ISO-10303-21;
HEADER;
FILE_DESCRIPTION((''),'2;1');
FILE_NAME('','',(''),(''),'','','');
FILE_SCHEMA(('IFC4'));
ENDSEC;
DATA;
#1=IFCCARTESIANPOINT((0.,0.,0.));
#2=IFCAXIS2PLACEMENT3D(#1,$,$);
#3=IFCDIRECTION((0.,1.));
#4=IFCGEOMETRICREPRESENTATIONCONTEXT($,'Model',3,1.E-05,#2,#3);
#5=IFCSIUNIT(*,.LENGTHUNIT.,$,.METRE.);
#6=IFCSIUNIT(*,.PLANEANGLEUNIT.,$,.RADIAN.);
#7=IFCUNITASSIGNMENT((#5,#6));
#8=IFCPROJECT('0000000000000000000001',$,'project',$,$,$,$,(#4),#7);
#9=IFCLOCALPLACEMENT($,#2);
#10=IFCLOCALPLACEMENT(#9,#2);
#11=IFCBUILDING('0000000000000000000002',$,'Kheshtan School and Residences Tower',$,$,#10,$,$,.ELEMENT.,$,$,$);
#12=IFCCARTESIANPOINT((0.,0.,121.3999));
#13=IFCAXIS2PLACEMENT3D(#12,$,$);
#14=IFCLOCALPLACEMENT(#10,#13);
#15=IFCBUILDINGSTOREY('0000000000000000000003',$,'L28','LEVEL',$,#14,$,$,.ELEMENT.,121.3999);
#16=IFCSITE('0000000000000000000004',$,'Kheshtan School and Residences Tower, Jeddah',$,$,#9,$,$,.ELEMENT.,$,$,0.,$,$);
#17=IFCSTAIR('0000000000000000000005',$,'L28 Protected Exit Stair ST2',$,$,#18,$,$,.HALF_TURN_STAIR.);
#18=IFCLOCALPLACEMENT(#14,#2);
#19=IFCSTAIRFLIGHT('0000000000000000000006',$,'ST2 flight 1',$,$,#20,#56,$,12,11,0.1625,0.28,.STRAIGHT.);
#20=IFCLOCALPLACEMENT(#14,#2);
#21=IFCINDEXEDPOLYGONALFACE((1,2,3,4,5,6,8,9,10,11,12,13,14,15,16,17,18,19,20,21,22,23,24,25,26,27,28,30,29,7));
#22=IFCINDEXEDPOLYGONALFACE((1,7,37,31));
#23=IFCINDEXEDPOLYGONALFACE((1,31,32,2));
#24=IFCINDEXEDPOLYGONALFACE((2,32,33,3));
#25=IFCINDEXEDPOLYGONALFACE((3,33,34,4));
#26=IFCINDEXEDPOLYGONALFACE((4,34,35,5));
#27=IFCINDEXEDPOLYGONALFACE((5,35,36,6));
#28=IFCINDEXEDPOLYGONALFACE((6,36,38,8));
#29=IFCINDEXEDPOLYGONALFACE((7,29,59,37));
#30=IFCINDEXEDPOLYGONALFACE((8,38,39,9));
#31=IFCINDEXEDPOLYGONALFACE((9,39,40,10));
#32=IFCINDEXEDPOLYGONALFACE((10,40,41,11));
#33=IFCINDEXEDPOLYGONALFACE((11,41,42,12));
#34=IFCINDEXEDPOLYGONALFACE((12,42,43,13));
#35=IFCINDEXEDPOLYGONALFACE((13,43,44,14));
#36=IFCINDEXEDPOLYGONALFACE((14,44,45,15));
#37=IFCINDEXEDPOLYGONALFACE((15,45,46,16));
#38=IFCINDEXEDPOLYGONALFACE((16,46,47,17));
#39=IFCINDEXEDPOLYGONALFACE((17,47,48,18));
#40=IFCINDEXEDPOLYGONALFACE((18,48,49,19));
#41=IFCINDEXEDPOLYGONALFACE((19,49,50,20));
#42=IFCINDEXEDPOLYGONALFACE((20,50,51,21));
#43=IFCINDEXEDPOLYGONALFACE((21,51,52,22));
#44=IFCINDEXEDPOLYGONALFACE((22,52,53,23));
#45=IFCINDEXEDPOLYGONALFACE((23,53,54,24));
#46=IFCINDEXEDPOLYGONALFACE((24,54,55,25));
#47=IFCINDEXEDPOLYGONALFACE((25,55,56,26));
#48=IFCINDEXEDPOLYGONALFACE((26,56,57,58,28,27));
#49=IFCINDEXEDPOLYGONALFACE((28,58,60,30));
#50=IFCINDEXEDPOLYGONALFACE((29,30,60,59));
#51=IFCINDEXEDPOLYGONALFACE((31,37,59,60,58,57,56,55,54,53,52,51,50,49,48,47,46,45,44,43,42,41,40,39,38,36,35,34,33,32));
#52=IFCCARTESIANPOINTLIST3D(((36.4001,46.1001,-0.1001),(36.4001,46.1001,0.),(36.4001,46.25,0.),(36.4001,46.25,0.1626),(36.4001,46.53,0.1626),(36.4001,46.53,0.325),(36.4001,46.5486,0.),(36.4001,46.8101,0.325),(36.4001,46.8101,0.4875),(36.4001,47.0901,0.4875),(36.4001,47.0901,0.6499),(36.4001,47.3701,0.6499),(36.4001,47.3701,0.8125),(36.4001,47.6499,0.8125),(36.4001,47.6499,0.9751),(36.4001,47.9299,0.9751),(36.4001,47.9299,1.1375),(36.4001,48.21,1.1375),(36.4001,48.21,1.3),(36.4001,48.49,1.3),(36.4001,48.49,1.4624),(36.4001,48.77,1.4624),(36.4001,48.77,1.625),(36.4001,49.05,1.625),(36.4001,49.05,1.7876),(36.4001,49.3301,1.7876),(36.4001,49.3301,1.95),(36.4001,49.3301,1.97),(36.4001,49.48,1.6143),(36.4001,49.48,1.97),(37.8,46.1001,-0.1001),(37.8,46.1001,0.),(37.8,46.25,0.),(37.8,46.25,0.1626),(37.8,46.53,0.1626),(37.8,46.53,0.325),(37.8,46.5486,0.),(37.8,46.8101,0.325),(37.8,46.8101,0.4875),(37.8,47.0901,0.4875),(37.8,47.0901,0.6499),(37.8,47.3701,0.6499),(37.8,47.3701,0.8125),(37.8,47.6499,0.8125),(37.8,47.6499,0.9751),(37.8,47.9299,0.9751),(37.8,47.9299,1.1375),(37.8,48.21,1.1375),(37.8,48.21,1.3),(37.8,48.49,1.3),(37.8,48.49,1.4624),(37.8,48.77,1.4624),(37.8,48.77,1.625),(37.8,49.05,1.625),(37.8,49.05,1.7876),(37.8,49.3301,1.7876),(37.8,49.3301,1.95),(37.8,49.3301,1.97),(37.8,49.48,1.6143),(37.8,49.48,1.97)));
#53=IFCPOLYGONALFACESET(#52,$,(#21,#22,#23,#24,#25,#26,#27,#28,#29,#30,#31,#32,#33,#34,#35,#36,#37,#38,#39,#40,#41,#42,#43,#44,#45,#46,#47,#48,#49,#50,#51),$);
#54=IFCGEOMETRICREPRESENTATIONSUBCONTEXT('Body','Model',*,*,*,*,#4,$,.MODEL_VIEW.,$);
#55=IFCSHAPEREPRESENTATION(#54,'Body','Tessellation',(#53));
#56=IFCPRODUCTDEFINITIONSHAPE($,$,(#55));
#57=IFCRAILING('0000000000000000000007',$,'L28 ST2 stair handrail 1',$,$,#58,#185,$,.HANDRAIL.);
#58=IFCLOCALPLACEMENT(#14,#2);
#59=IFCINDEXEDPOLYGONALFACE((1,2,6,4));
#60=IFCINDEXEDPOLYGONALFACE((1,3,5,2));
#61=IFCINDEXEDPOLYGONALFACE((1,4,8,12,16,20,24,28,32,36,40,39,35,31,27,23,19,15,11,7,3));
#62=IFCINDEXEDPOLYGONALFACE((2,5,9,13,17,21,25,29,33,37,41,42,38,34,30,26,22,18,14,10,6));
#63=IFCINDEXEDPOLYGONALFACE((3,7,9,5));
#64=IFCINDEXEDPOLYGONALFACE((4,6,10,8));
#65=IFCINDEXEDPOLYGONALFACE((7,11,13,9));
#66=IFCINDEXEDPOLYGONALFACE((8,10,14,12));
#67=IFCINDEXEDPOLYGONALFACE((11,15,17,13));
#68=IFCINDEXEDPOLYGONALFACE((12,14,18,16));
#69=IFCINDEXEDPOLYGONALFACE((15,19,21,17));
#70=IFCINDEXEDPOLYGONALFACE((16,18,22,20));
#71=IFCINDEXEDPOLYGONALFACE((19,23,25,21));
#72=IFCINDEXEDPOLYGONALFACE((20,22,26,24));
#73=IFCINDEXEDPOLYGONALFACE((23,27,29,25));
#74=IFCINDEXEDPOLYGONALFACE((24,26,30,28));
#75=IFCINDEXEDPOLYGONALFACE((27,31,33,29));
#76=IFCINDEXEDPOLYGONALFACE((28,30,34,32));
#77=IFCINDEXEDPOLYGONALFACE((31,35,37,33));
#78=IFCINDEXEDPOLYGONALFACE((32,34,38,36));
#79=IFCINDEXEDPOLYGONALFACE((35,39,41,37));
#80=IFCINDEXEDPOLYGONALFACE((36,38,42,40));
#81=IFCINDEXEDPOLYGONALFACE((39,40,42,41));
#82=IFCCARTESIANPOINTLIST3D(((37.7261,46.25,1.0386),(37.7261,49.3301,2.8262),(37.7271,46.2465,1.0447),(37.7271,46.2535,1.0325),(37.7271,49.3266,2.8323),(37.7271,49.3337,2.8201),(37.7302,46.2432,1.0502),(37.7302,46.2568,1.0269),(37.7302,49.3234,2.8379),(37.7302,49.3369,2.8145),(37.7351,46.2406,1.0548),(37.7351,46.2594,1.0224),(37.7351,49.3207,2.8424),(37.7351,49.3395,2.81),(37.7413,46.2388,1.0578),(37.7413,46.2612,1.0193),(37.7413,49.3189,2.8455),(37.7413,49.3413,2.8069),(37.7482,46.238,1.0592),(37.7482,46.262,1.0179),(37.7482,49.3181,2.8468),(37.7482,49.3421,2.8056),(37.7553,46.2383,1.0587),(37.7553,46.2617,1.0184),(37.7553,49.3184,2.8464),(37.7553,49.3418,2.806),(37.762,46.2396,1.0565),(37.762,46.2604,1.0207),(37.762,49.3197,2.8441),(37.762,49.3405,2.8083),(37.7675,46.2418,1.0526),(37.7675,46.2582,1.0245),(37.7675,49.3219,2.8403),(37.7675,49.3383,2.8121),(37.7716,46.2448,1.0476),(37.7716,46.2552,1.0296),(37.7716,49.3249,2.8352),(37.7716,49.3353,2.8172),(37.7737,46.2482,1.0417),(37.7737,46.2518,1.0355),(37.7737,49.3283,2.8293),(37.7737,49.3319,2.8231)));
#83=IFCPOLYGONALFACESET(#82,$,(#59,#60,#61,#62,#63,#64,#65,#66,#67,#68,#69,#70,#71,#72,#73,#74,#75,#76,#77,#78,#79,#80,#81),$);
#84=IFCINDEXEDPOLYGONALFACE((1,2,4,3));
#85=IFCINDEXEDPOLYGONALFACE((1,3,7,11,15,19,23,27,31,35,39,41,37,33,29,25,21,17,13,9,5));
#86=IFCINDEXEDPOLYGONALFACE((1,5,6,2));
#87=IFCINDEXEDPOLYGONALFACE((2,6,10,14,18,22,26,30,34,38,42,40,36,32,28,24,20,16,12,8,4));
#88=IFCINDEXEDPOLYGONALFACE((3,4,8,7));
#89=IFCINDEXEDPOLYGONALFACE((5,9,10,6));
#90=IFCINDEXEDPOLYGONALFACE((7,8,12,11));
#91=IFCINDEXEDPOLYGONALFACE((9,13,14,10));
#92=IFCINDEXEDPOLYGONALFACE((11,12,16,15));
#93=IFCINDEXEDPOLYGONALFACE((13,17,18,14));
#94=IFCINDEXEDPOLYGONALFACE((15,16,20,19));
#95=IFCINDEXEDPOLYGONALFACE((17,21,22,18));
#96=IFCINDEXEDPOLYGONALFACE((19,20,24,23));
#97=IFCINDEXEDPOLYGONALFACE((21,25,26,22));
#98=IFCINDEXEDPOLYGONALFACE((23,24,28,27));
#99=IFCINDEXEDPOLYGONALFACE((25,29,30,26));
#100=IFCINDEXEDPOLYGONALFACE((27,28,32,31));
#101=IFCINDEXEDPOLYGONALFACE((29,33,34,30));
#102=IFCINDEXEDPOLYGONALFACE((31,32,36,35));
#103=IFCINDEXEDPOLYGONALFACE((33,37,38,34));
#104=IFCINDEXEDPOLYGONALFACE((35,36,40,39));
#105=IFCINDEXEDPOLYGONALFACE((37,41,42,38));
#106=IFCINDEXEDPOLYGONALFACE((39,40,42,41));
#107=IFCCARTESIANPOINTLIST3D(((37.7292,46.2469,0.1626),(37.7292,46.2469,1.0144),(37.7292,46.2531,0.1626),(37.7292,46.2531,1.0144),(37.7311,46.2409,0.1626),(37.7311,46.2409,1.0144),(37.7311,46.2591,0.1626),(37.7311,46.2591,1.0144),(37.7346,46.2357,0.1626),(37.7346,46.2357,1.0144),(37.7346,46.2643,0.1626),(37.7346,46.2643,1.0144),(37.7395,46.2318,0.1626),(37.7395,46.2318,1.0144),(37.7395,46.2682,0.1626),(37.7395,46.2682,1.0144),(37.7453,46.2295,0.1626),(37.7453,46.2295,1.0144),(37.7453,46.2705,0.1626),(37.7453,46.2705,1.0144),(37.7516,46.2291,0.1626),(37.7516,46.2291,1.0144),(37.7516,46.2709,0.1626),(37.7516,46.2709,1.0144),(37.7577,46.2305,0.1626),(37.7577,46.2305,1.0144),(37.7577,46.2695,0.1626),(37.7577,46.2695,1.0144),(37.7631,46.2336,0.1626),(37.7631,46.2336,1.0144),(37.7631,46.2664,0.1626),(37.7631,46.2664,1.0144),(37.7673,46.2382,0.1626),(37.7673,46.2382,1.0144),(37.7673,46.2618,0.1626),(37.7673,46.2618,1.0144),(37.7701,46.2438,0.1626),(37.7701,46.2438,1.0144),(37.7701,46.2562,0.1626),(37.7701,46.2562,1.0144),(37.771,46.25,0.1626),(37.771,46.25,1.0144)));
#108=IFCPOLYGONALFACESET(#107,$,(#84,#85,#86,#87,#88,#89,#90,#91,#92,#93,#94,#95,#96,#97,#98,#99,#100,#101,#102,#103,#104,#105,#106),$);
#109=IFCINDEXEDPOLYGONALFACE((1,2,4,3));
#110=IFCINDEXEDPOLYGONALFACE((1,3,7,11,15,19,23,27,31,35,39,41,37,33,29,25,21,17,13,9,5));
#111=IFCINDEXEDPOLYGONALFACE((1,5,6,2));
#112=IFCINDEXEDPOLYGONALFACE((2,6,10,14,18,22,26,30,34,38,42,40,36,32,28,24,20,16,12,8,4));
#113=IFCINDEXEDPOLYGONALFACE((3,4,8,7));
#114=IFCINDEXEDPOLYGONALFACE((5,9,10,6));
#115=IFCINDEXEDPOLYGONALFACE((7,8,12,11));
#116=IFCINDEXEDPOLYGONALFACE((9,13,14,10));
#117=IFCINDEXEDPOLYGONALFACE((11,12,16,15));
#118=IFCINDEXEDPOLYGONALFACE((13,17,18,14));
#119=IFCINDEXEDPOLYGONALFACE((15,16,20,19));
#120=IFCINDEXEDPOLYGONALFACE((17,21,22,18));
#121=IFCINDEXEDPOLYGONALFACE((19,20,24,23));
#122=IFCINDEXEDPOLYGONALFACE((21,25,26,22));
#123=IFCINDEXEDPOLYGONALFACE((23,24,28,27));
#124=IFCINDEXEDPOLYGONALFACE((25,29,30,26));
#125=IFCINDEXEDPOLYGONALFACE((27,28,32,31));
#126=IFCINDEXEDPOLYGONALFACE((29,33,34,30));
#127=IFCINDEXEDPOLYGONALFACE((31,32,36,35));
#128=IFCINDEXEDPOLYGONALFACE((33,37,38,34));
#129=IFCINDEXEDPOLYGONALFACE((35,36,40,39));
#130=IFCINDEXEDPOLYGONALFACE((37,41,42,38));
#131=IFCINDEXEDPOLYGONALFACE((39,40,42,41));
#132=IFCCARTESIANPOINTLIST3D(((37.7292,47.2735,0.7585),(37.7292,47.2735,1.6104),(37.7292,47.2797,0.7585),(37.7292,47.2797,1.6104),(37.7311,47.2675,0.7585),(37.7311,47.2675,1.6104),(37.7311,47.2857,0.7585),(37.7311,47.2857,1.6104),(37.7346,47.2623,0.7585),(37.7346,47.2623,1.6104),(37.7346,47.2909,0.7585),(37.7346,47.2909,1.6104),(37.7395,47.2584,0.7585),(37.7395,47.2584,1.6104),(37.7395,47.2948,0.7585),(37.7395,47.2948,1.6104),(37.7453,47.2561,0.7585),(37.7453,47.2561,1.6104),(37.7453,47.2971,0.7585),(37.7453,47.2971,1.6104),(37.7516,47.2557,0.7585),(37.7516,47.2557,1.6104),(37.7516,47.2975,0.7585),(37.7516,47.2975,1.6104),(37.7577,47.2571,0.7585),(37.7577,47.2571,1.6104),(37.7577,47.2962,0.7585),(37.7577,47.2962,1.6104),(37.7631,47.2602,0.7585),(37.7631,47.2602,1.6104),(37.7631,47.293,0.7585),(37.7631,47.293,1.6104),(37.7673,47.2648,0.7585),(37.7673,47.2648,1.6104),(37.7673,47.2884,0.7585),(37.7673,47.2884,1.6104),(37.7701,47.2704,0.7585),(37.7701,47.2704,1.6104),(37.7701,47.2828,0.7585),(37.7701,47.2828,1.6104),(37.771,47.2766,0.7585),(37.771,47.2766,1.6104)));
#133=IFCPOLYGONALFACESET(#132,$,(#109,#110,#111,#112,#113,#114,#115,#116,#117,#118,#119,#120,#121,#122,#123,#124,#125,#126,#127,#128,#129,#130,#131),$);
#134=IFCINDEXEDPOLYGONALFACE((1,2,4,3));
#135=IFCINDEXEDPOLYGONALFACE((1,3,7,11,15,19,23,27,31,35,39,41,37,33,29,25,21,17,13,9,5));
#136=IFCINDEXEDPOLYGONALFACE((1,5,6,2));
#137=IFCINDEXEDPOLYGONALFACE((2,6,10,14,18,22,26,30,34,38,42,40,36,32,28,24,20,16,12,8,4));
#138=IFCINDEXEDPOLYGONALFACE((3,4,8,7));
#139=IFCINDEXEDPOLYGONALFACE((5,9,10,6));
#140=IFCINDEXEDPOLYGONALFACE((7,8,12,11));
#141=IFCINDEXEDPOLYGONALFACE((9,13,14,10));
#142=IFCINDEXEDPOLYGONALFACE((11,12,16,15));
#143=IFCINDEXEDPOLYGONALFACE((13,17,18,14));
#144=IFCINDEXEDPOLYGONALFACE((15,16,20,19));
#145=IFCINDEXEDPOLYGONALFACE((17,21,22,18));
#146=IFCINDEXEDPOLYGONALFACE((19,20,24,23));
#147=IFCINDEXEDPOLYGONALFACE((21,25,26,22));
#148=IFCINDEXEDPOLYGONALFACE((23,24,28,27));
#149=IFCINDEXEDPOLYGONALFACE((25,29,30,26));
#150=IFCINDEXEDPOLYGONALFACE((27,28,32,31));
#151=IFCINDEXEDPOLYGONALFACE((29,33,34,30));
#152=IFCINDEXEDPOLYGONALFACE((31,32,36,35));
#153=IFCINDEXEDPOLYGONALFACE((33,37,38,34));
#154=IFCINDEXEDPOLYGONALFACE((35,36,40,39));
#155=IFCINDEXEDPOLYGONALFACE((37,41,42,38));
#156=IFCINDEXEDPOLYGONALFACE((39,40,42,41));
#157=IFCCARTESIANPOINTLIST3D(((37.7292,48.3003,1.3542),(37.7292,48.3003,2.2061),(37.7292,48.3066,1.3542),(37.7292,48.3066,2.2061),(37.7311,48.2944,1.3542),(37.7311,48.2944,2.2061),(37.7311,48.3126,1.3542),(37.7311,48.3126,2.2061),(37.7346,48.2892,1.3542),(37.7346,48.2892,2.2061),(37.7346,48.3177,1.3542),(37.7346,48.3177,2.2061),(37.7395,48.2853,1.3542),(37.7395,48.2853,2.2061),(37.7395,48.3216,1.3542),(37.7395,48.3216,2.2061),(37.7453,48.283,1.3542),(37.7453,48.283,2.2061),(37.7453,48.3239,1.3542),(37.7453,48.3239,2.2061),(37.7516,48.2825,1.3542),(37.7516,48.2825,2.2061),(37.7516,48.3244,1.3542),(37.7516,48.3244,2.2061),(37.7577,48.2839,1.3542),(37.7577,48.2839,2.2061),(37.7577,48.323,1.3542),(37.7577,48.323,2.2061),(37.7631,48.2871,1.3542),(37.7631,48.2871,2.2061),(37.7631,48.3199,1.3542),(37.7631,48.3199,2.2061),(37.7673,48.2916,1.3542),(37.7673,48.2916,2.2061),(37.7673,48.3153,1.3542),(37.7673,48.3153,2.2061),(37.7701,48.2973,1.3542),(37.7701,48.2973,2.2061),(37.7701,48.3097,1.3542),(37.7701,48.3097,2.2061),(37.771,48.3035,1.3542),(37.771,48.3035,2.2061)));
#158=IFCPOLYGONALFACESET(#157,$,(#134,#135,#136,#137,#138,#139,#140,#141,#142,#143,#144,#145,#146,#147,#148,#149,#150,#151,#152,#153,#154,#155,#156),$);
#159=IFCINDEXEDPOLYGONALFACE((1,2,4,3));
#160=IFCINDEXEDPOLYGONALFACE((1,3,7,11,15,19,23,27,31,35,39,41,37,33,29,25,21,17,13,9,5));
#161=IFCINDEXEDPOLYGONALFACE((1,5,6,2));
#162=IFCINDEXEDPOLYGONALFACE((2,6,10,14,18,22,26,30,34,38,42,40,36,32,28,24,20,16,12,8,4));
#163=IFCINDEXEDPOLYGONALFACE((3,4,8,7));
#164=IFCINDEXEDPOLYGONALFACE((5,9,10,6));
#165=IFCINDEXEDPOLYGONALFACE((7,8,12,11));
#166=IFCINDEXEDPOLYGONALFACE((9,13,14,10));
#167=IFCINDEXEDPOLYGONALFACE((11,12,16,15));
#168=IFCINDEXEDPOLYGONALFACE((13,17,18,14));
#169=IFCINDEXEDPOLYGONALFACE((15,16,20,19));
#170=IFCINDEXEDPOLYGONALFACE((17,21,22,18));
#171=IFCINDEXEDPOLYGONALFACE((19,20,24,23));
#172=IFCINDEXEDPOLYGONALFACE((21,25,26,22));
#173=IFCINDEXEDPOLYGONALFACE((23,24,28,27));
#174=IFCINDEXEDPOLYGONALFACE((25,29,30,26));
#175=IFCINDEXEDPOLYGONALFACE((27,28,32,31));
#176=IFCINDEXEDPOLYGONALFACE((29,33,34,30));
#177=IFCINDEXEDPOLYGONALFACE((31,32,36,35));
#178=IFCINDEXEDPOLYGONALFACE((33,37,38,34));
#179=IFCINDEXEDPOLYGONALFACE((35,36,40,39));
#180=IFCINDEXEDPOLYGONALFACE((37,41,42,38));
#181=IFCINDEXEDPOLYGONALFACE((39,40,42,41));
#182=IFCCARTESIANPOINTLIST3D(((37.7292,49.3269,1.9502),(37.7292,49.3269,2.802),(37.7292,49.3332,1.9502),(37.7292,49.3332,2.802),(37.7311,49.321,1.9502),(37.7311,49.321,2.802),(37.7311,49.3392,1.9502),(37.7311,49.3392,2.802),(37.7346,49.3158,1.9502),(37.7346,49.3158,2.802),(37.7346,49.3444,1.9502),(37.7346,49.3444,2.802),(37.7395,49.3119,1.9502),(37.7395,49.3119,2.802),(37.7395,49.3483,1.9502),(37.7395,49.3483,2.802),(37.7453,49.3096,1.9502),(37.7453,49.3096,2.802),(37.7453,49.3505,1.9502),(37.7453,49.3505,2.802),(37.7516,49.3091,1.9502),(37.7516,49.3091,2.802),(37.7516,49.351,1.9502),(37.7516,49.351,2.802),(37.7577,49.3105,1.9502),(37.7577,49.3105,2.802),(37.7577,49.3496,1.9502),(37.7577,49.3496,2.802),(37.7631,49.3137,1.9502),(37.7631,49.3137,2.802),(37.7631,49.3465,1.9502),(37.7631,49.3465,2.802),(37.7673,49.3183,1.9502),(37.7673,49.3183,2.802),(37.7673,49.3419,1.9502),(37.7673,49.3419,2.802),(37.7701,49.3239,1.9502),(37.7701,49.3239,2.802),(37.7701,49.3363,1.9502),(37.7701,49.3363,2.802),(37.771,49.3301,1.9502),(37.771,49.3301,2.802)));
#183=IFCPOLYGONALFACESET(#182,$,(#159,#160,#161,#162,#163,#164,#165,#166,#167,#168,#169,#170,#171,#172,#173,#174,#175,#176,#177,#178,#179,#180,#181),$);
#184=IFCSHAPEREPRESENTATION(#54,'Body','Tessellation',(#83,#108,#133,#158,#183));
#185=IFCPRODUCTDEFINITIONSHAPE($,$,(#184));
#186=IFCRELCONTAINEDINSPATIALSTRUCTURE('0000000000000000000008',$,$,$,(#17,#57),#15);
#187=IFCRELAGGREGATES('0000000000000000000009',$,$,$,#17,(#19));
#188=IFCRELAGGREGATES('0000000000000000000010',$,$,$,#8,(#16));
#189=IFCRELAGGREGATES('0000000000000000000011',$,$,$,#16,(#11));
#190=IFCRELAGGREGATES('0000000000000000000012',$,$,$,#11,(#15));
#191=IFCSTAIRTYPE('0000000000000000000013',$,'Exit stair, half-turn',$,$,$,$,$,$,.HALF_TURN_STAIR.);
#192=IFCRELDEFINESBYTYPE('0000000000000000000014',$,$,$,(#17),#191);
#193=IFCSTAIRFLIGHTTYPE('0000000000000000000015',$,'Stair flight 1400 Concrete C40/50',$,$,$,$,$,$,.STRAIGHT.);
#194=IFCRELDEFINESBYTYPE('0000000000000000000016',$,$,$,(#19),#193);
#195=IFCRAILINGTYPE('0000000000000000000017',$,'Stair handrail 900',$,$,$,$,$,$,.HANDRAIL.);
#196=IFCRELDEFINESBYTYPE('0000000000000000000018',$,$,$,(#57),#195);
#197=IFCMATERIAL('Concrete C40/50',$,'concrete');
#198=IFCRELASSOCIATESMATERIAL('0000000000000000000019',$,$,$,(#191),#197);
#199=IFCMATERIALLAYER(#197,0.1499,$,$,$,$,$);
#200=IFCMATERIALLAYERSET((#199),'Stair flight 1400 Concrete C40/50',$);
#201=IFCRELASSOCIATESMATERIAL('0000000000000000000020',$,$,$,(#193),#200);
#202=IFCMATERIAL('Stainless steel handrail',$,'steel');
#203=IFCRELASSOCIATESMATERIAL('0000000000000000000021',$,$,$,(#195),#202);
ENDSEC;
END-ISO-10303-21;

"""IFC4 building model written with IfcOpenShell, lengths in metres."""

from ifc_helpers import new_model, si_unit, direction, frame, origin, origin_2d, place, context, subcontext, project, spatial, polyline, circle, outline, extrude, material, layer, layer_set, type_object, element, aggregate, save


model = new_model("IFC4")

# Units and contexts
model_context = context("Model", 3, precision=1e-05, world=origin(), true_north=direction((0.0, 1.0)))
body_context = subcontext(model_context, "Body", "Model", "MODEL_VIEW")
ifc_project = project(units=[si_unit("LENGTHUNIT", "METRE"), si_unit("PLANEANGLEUNIT", "RADIAN")], contexts=[model_context])

# Site, building, storey
site_placement = place(None, origin())
site = spatial("IfcSite", under=ifc_project, at=site_placement, Name="Kheshtan School and Residences Tower, Jeddah", CompositionType="ELEMENT", RefElevation=0.0)
building_placement = place(site_placement, origin())
building = spatial("IfcBuilding", under=site, at=building_placement, Name="Kheshtan School and Residences Tower", CompositionType="ELEMENT")
storey_placement = place(building_placement, frame((0.0, 0.0, 121.3999)))
storey = spatial("IfcBuildingStorey", under=building, at=storey_placement, Name="L28", Description="LEVEL", CompositionType="ELEMENT", Elevation=121.3999)

# Stair, stair flight
ifc_material_1 = material(Name="Concrete C40/50", Category="concrete")
stair_type = type_object("IfcStairType", Name="Exit stair, half-turn", PredefinedType="HALF_TURN_STAIR", material=ifc_material_1)
stair_placement = place(storey_placement, origin())
stair = element("IfcStair", 1, at=stair_placement, inside=storey, type_object=stair_type, Name="L28 Protected Exit Stair ST2", PredefinedType="HALF_TURN_STAIR")
ifc_layer_1 = layer(ifc_material_1, 0.1499)
ifc_layer_set_1 = layer_set([ifc_layer_1], Name="Stair flight 1400 Concrete C40/50")
stair_flight_type = type_object("IfcStairFlightType", Name="Stair flight 1400 Concrete C40/50", PredefinedType="STRAIGHT", material=ifc_layer_set_1)
stair_flight_placement = place(storey_placement, frame((37.1001, 46.25, 0.0), z_axis=(0.0, 0.0, 1.0), x_axis=(0.0, 1.0, 0.0)))
stair_flight = element("IfcStairFlight", 2, at=stair_flight_placement, type_object=stair_flight_type, Name="ST2 flight 1", NumberOfRisers=12, NumberOfTreads=11, PredefinedType="STRAIGHT", RiserHeight=0.1625, TreadLength=0.28, context=body_context, shape_type="SweptSolid", body=[
    extrude(outline(polyline([(-0.1499, -0.1001), (-0.1499, 0.0), (0.0, 0.0), (0.0, 0.1626), (0.28, 0.1626), (0.28, 0.325), (0.5601, 0.325), (0.5601, 0.4875), (0.8401, 0.4875), (0.8401, 0.6499), (1.1201, 0.6499), (1.1201, 0.8125), (1.3999, 0.8125), (1.3999, 0.9751), (1.6799, 0.9751), (1.6799, 1.1375), (1.96, 1.1375), (1.96, 1.3), (2.24, 1.3), (2.24, 1.4624), (2.52, 1.4624), (2.52, 1.625), (2.8, 1.625), (2.8, 1.7876), (3.0801, 1.7876), (3.0801, 1.95), (3.0801, 1.97), (3.23, 1.97), (3.23, 1.6143), (0.2986, 0.0), (-0.1499, -0.1001)])), frame((0.0, 0.7, 0.0), z_axis=(0.0, -1.0, 0.0), x_axis=(1.0, 0.0, 0.0)), (0.0, 0.0, 1.0), 1.3999),
])
aggregate(stair, [stair_flight])

# Railing
ifc_material_2 = material(Name="Stainless steel handrail", Category="steel")
railing_type = type_object("IfcRailingType", Name="Stair handrail 900", PredefinedType="HANDRAIL", material=ifc_material_2)
railing_placement = place(storey_placement, frame((37.75, 46.25, 0.1626)))
element("IfcRailing", 3, at=railing_placement, inside=storey, type_object=railing_type, Name="L28 ST2 stair handrail 1", PredefinedType="HANDRAIL", context=body_context, shape_type="SweptSolid", body=[
    extrude(circle(Radius=0.0239, at=origin_2d()), frame((0.0, 0.0, 0.876), z_axis=(0.0, 0.864891, 0.50196), x_axis=(-1.0, 0.0, 0.0)), (0.0, 0.0, 1.0), 3.5613),
    extrude(circle(Radius=0.021, at=origin_2d()), origin(), (0.0, 0.0, 1.0), 0.8518),
    extrude(circle(Radius=0.021, at=origin_2d()), frame((0.0, 1.0266, 0.5959)), (0.0, 0.0, 1.0), 0.8518),
    extrude(circle(Radius=0.021, at=origin_2d()), frame((0.0, 2.0535, 1.1917)), (0.0, 0.0, 1.0), 0.8518),
    extrude(circle(Radius=0.021, at=origin_2d()), frame((0.0, 3.0801, 1.7876)), (0.0, 0.0, 1.0), 0.8518),
])

save(model, "model.ifc")
